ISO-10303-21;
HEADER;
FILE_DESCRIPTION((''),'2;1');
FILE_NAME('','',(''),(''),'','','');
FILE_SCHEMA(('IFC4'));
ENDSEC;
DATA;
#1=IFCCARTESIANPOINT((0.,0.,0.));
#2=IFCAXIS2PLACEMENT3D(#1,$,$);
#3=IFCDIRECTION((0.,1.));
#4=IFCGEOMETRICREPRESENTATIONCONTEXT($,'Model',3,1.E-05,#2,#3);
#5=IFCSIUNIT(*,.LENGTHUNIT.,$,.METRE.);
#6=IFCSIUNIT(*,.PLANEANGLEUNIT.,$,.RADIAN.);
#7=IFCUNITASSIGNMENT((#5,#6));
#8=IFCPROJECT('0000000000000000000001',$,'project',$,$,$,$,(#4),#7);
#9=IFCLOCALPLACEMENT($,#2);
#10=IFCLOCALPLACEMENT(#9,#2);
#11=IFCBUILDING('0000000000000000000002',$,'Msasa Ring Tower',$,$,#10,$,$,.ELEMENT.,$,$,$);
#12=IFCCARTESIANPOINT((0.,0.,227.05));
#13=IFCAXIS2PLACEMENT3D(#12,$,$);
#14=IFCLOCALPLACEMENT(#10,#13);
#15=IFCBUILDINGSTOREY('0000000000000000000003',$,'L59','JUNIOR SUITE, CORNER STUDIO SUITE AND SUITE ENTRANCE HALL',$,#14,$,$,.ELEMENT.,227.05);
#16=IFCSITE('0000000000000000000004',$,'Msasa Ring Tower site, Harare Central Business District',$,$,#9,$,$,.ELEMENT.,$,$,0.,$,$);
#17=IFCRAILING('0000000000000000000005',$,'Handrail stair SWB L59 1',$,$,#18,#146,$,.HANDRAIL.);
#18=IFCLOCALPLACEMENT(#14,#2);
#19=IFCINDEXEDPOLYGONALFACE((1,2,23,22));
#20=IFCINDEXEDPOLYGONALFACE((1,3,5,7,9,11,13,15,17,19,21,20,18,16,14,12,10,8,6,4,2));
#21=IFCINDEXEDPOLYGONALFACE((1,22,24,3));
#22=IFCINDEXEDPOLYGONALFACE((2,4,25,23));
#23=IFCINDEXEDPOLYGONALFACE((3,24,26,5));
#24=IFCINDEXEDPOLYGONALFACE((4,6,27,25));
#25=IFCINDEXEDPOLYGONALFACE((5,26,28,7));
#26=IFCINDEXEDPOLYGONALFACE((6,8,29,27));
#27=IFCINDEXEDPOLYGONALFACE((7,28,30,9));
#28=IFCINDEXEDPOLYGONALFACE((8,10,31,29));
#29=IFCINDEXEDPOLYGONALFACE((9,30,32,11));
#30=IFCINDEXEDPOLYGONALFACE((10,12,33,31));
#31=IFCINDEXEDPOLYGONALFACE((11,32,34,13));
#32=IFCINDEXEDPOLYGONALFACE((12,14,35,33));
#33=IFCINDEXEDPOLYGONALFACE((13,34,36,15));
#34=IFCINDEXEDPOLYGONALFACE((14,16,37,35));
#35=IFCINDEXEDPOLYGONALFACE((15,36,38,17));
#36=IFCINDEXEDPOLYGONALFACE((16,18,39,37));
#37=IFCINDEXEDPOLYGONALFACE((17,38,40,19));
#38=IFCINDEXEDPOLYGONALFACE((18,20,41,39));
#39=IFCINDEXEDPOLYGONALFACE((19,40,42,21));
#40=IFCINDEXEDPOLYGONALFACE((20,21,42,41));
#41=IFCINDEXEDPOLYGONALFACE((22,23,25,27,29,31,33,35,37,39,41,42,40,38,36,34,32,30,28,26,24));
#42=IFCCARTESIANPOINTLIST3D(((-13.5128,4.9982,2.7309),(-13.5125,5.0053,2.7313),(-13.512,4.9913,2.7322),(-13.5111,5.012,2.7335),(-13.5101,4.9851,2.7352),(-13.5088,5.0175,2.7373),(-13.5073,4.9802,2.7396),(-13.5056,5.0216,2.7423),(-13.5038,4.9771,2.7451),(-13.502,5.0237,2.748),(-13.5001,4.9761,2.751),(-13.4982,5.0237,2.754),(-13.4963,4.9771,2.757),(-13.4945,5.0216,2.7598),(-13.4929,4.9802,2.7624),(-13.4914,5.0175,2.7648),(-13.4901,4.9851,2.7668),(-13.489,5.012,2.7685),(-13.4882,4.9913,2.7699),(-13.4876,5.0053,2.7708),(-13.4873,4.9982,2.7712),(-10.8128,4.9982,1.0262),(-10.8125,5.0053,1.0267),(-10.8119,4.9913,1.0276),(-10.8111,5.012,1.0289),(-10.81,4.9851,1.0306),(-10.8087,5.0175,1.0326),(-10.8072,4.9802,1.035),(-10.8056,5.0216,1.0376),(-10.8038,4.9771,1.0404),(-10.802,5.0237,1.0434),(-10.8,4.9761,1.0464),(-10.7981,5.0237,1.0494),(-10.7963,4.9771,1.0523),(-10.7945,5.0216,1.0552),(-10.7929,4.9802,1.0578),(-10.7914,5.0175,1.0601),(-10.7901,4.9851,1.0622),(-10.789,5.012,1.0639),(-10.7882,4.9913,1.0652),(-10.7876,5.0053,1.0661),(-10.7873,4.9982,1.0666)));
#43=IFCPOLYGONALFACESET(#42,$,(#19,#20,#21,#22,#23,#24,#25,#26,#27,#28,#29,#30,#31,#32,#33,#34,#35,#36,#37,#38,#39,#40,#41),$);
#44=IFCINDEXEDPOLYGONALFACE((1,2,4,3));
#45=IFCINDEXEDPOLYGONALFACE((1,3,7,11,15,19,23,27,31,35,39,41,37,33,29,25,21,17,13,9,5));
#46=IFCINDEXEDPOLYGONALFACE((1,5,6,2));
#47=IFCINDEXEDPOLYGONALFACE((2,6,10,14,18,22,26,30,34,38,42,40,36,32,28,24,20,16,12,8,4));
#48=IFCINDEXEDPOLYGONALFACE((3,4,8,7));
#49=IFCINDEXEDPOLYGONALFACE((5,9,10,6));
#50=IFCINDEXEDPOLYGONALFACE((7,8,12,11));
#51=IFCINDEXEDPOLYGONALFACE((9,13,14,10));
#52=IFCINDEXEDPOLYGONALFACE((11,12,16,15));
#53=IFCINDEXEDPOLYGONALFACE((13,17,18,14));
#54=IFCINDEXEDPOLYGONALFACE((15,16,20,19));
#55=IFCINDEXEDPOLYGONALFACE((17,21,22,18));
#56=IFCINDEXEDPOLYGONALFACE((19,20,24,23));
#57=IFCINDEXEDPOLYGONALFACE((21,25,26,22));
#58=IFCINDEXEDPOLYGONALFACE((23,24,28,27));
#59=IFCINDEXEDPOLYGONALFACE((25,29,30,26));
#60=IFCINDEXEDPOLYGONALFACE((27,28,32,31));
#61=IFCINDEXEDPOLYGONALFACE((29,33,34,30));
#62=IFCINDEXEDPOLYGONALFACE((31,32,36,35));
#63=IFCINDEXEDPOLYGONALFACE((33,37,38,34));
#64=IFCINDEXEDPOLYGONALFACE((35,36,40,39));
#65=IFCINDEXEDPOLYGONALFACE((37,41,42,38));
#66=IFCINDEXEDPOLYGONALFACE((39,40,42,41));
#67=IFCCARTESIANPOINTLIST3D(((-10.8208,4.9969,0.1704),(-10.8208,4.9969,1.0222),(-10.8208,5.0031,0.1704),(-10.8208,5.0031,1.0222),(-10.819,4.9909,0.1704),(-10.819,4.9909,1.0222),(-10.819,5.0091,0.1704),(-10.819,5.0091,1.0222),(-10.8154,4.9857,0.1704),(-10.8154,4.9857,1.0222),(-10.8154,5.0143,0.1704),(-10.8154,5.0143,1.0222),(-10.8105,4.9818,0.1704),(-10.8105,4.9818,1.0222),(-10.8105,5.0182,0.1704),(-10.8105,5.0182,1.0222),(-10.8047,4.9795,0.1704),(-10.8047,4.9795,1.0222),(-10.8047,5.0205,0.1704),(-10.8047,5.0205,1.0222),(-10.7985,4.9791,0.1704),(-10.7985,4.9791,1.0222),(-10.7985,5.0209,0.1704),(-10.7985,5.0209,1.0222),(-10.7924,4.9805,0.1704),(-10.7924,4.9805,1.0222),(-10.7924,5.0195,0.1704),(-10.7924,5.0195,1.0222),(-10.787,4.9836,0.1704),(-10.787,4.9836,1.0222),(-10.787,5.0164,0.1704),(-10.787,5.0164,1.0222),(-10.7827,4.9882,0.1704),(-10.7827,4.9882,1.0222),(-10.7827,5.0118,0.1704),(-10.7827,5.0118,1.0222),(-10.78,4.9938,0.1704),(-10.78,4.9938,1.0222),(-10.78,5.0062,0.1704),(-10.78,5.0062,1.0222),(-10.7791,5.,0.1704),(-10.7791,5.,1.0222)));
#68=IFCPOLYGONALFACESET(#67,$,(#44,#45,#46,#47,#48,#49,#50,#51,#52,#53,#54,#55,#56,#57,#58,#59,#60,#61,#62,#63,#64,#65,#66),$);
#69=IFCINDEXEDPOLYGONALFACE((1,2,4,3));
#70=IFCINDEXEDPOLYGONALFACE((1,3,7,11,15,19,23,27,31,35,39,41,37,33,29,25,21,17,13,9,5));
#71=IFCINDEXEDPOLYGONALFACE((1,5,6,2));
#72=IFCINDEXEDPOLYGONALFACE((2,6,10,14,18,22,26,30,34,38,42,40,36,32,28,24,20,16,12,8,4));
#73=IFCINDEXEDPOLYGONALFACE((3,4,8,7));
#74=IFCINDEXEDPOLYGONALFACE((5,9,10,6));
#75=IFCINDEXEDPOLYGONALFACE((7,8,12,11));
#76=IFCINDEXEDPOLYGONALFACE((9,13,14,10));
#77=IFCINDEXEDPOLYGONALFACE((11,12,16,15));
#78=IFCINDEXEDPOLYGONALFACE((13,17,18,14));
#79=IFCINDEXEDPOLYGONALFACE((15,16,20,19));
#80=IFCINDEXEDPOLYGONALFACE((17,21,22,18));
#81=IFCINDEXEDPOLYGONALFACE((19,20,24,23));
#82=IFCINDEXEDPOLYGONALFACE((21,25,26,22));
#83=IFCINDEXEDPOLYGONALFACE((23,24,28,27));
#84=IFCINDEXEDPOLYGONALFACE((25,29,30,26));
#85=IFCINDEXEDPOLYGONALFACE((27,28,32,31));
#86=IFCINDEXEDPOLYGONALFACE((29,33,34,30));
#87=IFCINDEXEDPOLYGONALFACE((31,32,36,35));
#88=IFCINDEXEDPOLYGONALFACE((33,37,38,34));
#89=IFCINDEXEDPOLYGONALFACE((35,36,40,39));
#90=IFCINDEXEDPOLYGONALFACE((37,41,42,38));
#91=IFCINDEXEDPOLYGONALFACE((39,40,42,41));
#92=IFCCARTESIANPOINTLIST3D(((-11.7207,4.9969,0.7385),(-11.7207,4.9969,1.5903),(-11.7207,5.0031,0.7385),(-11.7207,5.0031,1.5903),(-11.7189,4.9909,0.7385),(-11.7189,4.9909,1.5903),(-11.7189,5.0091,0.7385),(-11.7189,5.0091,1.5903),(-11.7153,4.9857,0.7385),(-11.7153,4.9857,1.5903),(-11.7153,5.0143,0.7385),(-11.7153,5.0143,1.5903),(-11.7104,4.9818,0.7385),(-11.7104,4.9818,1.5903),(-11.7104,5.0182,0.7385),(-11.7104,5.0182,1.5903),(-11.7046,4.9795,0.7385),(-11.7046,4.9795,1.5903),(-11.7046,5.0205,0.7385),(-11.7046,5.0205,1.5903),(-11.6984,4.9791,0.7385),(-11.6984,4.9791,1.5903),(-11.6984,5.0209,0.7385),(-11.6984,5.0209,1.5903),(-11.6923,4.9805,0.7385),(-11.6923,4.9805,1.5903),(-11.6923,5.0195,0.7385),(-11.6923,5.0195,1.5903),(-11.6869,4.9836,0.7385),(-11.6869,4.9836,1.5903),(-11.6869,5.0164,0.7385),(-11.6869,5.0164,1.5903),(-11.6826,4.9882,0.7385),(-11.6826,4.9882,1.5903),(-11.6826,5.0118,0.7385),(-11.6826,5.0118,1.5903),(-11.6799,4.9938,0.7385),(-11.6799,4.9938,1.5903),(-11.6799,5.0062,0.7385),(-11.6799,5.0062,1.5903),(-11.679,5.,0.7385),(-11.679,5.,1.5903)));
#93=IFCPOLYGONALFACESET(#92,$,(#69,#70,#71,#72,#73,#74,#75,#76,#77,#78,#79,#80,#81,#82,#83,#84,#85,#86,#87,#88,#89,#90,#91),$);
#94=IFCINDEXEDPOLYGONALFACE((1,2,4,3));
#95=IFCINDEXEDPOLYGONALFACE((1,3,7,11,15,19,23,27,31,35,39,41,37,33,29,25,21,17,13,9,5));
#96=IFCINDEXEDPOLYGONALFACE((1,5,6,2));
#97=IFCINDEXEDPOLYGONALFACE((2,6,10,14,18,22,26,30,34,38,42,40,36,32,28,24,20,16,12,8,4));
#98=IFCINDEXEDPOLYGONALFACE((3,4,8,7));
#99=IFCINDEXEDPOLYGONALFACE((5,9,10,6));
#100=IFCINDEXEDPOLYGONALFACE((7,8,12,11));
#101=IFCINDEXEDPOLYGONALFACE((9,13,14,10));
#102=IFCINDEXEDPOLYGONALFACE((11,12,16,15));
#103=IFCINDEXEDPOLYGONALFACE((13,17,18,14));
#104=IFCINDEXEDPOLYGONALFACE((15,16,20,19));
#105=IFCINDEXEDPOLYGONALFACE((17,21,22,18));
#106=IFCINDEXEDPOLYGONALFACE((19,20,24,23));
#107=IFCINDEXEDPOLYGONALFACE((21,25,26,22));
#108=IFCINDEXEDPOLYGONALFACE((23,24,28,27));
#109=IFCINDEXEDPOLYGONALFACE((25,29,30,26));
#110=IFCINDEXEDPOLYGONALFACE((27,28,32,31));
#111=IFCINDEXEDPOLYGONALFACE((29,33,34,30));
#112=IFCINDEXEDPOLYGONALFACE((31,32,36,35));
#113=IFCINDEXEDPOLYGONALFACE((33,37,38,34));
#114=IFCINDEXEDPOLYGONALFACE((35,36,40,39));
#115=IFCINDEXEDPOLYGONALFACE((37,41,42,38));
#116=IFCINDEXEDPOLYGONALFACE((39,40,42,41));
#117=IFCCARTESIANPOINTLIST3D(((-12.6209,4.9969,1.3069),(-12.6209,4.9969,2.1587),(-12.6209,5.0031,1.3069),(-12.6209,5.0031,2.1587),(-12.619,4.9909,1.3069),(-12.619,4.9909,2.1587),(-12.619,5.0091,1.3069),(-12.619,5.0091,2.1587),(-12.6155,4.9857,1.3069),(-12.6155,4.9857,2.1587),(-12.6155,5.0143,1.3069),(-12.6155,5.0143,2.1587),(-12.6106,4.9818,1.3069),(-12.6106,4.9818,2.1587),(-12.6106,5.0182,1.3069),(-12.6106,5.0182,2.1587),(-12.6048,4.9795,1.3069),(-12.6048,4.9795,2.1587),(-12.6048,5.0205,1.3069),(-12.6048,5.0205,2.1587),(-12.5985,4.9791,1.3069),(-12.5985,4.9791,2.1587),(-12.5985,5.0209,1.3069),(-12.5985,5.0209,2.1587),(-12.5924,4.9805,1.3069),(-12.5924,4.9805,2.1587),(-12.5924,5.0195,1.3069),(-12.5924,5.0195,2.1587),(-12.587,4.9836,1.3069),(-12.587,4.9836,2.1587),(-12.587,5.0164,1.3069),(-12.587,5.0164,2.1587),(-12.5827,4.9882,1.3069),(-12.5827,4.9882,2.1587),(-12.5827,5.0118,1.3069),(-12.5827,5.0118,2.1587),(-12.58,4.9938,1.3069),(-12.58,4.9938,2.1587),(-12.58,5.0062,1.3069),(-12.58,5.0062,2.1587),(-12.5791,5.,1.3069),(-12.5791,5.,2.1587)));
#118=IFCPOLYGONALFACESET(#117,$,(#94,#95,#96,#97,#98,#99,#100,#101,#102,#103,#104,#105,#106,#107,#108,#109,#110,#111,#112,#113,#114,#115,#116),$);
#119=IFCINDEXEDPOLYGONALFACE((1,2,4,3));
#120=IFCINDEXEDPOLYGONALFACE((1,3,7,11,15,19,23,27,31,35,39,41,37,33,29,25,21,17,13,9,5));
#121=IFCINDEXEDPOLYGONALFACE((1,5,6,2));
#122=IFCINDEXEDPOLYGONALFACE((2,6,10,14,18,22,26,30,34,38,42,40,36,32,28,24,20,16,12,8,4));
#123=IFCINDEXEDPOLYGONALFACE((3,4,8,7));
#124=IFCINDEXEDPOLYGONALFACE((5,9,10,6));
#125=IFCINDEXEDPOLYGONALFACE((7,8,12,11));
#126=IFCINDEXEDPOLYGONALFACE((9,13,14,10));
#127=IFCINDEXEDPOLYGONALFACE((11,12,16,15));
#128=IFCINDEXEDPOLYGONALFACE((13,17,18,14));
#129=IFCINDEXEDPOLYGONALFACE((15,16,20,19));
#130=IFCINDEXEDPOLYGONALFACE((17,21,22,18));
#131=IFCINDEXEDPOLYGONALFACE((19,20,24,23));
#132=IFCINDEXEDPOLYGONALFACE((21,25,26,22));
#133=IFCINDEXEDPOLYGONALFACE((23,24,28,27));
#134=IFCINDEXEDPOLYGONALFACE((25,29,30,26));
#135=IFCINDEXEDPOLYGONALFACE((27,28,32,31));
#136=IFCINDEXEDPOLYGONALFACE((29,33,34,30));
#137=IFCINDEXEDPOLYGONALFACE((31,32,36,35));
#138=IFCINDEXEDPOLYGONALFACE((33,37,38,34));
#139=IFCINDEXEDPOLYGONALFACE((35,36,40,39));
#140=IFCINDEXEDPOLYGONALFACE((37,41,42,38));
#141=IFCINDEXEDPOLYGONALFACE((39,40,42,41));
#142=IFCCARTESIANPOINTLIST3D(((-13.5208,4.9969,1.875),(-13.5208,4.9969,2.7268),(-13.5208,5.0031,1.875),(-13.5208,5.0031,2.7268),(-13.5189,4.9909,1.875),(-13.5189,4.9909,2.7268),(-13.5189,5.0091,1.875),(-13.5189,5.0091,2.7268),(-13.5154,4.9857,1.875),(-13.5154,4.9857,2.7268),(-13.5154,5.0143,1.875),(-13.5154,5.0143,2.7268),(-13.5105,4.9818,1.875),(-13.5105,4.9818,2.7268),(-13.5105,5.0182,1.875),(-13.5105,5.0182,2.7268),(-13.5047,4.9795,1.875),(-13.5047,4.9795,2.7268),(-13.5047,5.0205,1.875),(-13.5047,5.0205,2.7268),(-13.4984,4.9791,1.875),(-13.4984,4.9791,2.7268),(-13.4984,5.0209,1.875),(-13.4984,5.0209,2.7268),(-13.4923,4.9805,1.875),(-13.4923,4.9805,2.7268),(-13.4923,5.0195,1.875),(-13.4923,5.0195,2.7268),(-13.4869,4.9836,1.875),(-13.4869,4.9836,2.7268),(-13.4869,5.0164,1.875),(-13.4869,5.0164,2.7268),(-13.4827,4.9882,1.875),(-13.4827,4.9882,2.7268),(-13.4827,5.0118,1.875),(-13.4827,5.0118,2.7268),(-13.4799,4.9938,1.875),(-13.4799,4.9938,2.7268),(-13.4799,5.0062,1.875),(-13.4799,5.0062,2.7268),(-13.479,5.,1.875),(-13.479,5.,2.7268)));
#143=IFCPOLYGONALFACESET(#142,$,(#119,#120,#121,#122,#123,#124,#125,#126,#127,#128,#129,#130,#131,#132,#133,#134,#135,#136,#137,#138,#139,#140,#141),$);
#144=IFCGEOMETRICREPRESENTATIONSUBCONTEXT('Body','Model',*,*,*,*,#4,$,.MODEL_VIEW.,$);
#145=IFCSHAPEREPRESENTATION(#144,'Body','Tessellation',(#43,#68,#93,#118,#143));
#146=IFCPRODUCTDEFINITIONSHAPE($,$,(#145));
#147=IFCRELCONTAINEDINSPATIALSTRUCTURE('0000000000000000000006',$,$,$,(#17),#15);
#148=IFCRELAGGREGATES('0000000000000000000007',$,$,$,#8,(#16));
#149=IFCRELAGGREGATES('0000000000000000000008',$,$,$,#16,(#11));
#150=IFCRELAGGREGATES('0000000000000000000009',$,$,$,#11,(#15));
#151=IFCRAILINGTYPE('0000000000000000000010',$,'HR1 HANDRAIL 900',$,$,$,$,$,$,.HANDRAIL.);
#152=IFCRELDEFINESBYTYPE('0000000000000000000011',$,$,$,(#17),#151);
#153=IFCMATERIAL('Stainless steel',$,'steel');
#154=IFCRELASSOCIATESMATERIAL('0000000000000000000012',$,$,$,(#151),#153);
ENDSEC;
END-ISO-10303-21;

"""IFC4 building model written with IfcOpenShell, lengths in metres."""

from ifc_helpers import new_model, si_unit, direction, frame, origin, origin_2d, place, context, subcontext, project, spatial, circle, extrude, material, type_object, element, save


model = new_model("IFC4")

# Units and contexts
model_context = context("Model", 3, precision=1e-05, world=origin(), true_north=direction((0.0, 1.0)))
body_context = subcontext(model_context, "Body", "Model", "MODEL_VIEW")
ifc_project = project(units=[si_unit("LENGTHUNIT", "METRE"), si_unit("PLANEANGLEUNIT", "RADIAN")], contexts=[model_context])

# Site, building, storey
site_placement = place(None, origin())
site = spatial("IfcSite", under=ifc_project, at=site_placement, Name="Msasa Ring Tower site, Harare Central Business District", CompositionType="ELEMENT", RefElevation=0.0)
building_placement = place(site_placement, origin())
building = spatial("IfcBuilding", under=site, at=building_placement, Name="Msasa Ring Tower", CompositionType="ELEMENT")
storey_placement = place(building_placement, frame((0.0, 0.0, 227.05)))
storey = spatial("IfcBuildingStorey", under=building, at=storey_placement, Name="L59", Description="JUNIOR SUITE, CORNER STUDIO SUITE AND SUITE ENTRANCE HALL", CompositionType="ELEMENT", Elevation=227.05)

# Railing
ifc_material_1 = material(Name="Stainless steel", Category="steel")
railing_type = type_object("IfcRailingType", Name="HR1 HANDRAIL 900", PredefinedType="HANDRAIL", material=ifc_material_1)
for number, where, name in (
    (1, (-10.8, 5.0, 0.1704), "Handrail stair SWB L59 1"),
):
    element("IfcRailing", number, at=place(storey_placement, frame(where)), inside=storey, type_object=railing_type, Name=name, PredefinedType="HANDRAIL", context=body_context, shape_type="SweptSolid", body=[
        extrude(circle(Radius=0.0239, at=origin_2d()), frame((0.0, 0.0, 0.876), z_axis=(-0.84558, 0.0, 0.533849), x_axis=(0.0, -1.0, 0.0)), (0.0, 0.0, 1.0), 3.1931),
        extrude(circle(Radius=0.021, at=origin_2d()), origin(), (0.0, 0.0, 1.0), 0.8518),
        extrude(circle(Radius=0.021, at=origin_2d()), frame((-0.8999, 0.0, 0.5681)), (0.0, 0.0, 1.0), 0.8518),
        extrude(circle(Radius=0.021, at=origin_2d()), frame((-1.8, 0.0, 1.1365)), (0.0, 0.0, 1.0), 0.8518),
        extrude(circle(Radius=0.021, at=origin_2d()), frame((-2.7, 0.0, 1.7046)), (0.0, 0.0, 1.0), 0.8518),
    ])

save(model, "model.ifc")
